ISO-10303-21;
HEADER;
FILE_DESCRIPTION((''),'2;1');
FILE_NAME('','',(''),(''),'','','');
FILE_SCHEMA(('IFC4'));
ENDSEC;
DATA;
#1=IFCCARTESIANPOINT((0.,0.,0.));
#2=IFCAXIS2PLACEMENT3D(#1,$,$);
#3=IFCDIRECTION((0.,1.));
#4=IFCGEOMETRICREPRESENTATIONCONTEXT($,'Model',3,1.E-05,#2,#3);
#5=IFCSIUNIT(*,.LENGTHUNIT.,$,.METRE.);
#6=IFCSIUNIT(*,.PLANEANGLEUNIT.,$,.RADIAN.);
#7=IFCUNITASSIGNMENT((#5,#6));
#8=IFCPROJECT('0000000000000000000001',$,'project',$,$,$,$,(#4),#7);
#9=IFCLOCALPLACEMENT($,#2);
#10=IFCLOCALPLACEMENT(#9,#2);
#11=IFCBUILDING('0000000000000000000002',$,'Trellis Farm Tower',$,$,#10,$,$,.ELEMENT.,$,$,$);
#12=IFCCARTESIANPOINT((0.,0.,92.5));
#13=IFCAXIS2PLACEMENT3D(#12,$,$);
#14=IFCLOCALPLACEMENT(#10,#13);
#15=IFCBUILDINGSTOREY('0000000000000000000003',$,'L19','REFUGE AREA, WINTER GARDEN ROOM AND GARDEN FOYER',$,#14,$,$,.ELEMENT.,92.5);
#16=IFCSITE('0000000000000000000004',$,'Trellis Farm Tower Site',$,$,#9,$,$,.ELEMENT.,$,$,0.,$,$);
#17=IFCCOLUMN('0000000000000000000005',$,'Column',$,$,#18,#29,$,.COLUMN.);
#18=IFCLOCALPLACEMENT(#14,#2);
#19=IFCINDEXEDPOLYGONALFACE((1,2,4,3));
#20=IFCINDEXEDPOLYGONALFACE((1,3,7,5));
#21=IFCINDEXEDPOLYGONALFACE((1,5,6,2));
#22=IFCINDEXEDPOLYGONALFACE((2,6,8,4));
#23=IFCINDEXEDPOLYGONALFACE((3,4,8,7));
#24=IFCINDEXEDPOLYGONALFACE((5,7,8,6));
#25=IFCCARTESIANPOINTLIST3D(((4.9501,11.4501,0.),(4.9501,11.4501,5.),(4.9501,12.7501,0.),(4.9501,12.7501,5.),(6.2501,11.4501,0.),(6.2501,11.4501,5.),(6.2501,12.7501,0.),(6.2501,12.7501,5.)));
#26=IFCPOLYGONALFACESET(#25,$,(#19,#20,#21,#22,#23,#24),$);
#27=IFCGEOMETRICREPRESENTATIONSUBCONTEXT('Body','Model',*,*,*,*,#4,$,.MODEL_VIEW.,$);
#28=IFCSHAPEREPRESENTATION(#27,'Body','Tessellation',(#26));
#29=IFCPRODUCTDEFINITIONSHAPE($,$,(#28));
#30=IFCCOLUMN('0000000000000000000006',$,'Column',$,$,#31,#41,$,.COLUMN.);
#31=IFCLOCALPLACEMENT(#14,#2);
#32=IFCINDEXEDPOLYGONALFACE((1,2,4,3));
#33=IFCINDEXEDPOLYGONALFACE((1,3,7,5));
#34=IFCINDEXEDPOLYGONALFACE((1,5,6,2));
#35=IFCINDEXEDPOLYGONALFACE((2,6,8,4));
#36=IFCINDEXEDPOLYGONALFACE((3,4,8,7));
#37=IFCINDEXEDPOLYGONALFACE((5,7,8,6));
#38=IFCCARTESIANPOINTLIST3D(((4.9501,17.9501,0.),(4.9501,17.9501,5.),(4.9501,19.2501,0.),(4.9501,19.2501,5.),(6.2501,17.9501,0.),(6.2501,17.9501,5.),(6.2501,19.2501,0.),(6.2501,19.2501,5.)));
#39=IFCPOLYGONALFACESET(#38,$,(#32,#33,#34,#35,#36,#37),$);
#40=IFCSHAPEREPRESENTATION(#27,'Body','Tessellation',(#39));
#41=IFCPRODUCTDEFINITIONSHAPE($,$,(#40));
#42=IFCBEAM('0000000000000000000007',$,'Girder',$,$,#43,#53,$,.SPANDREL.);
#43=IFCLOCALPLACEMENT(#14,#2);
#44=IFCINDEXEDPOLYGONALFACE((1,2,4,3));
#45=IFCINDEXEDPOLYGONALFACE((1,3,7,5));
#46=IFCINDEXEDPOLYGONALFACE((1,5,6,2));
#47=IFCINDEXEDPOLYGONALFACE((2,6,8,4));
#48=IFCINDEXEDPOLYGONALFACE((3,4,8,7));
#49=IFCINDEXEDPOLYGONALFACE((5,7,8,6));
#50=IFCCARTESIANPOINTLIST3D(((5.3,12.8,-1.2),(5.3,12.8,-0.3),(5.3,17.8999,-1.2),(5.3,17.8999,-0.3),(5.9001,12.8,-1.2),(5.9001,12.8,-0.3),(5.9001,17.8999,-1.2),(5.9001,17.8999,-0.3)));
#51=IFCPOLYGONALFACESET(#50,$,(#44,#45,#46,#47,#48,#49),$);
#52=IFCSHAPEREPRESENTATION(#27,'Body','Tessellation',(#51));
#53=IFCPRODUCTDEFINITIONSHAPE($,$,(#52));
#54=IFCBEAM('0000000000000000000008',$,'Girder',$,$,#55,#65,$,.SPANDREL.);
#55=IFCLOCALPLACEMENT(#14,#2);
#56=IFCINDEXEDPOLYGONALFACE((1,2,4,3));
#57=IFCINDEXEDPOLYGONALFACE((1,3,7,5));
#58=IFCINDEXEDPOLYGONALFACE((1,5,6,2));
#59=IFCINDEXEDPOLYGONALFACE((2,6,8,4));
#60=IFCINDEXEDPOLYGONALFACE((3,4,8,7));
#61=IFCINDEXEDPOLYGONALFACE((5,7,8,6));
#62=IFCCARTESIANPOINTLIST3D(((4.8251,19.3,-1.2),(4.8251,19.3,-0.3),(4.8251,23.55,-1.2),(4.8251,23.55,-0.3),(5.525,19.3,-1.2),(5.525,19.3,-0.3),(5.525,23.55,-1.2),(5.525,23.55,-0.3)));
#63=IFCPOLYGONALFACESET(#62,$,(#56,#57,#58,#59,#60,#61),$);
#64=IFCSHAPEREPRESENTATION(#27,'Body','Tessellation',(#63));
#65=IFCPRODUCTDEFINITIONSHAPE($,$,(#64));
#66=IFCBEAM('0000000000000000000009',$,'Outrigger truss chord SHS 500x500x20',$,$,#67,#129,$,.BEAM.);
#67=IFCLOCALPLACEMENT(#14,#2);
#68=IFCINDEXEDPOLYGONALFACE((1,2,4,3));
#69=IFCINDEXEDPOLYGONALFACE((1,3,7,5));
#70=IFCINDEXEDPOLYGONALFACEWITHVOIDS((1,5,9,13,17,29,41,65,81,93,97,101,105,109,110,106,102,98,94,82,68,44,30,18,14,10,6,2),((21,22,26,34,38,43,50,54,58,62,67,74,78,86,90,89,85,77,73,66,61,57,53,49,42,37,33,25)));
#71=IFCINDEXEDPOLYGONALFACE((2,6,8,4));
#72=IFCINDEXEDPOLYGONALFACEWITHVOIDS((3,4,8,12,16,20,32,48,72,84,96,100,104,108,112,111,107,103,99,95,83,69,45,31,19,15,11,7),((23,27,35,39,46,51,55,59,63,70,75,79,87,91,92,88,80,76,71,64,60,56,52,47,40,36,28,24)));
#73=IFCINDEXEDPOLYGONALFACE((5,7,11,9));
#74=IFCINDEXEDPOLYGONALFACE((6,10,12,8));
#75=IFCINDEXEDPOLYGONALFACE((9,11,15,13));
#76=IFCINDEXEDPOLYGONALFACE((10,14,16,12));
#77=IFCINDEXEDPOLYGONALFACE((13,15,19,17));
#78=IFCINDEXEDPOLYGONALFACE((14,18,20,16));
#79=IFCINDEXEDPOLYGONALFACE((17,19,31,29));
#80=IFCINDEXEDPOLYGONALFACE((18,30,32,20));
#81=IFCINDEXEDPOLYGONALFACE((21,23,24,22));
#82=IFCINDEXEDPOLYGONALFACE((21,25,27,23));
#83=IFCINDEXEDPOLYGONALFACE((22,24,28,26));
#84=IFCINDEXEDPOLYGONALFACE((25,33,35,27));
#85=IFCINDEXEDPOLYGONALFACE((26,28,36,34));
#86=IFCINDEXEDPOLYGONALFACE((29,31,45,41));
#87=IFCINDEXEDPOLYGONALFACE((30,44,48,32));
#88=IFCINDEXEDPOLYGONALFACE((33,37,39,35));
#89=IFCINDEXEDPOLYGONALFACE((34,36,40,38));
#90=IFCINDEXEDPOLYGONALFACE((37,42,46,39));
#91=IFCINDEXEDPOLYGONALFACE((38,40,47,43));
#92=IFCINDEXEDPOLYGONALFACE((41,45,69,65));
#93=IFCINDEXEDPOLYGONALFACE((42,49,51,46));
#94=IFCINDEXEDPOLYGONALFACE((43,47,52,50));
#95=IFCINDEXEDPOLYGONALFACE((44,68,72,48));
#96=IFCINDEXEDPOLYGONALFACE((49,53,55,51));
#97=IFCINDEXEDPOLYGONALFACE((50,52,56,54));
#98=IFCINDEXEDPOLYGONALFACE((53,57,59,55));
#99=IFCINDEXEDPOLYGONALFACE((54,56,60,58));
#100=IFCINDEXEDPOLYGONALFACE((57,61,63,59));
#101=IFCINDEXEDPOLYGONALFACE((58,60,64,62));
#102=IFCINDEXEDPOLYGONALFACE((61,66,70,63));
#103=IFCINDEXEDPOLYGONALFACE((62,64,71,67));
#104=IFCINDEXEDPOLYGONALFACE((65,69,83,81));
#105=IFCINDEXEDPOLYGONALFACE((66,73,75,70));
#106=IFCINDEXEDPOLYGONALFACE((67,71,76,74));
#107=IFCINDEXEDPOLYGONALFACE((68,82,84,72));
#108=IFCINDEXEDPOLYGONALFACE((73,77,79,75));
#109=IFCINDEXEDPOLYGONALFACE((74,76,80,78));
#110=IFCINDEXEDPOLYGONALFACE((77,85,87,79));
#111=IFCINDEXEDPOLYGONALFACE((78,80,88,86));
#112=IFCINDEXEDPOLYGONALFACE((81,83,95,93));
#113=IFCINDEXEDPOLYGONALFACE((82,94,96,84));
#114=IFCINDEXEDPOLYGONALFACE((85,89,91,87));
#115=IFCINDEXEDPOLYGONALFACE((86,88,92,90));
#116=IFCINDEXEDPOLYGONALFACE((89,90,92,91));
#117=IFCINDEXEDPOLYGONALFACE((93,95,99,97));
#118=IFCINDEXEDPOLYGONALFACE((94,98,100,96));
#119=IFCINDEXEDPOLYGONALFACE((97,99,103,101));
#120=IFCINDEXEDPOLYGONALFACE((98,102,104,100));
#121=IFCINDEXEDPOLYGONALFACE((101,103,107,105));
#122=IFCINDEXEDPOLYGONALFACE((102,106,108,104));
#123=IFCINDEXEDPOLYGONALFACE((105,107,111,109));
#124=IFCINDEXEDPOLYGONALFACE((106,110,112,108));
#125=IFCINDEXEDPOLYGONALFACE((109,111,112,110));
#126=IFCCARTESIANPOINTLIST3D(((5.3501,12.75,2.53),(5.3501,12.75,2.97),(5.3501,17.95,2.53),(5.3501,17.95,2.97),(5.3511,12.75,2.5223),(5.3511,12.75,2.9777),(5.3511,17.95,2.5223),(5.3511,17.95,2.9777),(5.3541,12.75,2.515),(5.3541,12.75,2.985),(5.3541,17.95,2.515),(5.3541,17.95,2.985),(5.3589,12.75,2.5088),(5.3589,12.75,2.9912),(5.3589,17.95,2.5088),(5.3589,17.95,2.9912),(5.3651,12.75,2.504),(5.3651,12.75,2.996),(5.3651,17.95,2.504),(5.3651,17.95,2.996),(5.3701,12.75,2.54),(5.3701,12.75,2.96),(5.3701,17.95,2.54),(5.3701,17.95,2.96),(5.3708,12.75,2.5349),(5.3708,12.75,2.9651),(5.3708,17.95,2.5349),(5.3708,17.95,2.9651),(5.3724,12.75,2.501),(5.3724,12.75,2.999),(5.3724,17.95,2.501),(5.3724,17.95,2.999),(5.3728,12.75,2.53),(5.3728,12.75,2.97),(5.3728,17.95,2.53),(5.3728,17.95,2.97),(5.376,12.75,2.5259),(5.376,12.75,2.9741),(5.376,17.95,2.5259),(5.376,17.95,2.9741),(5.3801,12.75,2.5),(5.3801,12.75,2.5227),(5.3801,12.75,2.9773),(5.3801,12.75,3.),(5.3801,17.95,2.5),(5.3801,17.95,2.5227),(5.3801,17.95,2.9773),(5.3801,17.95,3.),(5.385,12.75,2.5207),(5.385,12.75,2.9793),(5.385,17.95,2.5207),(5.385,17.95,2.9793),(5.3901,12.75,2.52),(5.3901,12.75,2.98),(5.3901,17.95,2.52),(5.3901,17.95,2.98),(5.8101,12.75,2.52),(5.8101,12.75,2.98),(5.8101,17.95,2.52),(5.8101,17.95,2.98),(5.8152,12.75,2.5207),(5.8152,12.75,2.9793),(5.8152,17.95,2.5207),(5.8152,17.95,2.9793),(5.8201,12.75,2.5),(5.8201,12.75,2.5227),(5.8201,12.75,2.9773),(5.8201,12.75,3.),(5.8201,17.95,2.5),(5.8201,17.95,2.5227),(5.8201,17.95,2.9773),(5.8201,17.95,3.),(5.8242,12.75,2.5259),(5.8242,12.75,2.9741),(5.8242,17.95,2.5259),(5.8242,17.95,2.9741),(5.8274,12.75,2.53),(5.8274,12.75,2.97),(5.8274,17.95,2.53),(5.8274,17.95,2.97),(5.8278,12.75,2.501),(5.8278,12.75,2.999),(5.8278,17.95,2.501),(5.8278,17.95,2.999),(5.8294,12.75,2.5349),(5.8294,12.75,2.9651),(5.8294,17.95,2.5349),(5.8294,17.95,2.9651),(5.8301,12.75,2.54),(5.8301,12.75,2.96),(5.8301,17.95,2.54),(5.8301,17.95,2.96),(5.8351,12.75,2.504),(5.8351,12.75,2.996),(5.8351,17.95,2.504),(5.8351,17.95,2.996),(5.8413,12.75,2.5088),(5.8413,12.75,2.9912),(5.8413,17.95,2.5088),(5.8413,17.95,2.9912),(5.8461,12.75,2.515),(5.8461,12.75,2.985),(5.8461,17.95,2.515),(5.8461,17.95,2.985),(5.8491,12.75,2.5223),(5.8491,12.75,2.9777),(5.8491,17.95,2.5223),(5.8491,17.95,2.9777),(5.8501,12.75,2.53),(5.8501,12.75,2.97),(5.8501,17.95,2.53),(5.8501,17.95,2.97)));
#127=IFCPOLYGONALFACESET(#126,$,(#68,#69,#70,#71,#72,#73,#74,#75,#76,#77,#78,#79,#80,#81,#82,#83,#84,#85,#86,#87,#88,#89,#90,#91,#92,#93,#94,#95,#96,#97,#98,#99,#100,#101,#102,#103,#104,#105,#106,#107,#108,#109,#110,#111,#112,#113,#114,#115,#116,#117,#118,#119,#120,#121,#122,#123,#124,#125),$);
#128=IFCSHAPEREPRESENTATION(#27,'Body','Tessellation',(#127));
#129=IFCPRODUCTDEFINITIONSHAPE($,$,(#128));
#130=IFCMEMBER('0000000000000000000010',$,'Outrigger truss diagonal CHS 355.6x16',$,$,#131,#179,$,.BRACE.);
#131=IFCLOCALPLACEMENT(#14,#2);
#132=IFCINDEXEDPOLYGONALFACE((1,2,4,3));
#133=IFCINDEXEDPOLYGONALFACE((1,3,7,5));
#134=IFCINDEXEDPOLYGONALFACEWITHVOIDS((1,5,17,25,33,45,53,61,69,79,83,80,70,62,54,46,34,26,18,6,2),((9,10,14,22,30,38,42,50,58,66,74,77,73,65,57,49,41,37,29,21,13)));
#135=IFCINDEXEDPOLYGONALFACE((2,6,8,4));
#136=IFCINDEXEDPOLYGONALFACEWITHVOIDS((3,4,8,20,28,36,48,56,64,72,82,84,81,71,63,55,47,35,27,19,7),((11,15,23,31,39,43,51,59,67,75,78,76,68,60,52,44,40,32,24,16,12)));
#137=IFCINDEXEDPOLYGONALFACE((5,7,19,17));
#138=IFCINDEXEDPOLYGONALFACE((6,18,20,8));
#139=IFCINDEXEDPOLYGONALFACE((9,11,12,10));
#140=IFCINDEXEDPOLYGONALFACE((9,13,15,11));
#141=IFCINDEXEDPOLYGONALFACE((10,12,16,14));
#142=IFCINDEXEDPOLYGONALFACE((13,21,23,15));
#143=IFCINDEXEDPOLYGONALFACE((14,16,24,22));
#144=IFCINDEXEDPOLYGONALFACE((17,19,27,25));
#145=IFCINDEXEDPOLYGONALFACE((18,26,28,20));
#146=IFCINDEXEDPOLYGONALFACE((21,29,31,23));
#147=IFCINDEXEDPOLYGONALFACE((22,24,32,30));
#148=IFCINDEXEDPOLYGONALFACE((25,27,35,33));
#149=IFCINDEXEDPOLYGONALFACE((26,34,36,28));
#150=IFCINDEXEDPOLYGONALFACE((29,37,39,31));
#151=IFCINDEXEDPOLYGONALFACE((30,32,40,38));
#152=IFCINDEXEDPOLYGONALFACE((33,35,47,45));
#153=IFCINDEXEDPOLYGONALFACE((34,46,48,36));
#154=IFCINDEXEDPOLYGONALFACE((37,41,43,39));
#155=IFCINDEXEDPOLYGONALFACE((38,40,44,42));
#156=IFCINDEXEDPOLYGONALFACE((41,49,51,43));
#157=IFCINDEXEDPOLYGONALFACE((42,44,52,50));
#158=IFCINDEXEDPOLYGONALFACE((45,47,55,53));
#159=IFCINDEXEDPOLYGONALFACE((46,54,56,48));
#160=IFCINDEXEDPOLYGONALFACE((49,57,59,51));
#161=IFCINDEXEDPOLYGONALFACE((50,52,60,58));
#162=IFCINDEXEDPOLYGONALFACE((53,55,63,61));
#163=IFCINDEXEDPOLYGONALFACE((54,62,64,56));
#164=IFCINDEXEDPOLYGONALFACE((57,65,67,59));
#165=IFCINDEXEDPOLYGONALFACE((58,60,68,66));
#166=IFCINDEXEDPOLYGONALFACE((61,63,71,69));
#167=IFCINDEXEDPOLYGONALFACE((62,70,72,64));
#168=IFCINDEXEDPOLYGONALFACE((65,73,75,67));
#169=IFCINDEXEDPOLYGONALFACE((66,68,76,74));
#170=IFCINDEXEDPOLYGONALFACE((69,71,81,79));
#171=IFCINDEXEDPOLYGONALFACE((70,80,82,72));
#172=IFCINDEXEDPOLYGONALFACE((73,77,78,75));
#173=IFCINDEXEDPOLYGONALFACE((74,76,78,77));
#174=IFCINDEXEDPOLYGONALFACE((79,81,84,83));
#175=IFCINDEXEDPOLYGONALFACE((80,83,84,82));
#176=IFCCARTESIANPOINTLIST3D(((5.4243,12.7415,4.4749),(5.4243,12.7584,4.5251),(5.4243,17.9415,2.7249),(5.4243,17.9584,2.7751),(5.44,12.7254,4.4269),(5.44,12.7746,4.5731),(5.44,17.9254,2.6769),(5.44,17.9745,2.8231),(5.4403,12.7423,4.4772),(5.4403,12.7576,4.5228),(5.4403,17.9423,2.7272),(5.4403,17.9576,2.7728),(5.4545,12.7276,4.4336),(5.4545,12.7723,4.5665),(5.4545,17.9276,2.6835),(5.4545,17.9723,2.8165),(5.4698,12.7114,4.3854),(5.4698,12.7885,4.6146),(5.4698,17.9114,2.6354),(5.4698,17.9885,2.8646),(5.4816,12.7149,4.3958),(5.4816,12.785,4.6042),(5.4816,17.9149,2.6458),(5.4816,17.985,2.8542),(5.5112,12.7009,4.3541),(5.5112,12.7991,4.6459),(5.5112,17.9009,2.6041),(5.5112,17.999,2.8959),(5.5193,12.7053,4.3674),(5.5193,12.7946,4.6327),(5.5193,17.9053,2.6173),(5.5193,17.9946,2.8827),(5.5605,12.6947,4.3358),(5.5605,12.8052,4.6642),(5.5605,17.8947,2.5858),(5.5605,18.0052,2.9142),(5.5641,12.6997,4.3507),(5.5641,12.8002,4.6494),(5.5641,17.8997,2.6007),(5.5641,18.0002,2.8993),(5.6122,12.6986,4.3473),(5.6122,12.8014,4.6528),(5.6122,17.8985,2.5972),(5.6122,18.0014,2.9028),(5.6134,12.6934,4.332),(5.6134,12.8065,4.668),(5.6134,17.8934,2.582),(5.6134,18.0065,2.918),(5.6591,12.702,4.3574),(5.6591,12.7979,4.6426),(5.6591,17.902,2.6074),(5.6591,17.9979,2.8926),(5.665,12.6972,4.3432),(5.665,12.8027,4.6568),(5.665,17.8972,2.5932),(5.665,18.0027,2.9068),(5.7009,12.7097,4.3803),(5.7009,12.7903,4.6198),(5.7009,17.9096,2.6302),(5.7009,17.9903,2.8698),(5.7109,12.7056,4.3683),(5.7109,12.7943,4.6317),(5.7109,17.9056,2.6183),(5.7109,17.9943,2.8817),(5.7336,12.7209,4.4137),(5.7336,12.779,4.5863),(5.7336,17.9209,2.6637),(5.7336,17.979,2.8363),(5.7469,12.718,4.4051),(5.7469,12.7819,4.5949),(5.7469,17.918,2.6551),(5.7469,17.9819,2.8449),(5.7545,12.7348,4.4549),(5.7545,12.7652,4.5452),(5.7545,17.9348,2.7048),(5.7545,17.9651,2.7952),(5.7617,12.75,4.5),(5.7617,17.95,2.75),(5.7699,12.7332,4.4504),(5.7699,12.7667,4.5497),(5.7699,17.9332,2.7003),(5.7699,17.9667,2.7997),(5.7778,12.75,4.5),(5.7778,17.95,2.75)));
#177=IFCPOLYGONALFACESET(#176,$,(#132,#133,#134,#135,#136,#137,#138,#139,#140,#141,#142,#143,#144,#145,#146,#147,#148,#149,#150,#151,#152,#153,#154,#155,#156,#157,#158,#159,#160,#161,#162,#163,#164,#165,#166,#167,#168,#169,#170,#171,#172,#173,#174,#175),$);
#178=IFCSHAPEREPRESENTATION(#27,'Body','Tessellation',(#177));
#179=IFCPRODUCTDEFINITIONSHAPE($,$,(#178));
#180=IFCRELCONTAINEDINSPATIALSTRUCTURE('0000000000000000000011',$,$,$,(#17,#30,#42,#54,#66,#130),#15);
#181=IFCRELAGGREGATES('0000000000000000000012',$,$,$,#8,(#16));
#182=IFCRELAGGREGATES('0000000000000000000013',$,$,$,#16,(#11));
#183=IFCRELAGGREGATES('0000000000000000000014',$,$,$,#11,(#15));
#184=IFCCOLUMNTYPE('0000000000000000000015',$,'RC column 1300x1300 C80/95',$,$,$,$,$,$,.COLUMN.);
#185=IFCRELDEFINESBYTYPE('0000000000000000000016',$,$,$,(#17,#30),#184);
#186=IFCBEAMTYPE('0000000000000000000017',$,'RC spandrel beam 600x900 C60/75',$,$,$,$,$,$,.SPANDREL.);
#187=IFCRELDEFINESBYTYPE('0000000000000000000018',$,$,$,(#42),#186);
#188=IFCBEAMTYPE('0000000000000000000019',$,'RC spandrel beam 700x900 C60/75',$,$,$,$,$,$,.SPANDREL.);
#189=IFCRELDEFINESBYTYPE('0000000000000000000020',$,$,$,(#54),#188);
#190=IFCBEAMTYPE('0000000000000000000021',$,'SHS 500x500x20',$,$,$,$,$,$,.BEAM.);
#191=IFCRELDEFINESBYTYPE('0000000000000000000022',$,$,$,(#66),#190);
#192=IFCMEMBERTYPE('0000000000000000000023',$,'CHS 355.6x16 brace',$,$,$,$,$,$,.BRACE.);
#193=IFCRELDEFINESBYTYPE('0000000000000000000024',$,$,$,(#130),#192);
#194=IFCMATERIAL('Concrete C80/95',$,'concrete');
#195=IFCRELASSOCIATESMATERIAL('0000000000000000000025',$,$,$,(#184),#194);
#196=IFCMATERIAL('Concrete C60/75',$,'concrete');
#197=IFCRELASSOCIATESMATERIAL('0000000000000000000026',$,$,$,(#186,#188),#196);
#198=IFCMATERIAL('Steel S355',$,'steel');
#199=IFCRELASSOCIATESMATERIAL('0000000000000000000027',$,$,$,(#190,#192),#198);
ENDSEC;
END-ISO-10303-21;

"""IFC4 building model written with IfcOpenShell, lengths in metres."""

from ifc_helpers import new_model, si_unit, direction, frame, origin, origin_2d, place, context, subcontext, project, spatial, rectangle, hollow_rectangle, hollow_circle, extrude, source, transform, mapped, material, material_profile, profile_set, type_object, element, save


model = new_model("IFC4")

# Units and contexts
model_context = context("Model", 3, precision=1e-05, world=origin(), true_north=direction((0.0, 1.0)))
body_context = subcontext(model_context, "Body", "Model", "MODEL_VIEW")
ifc_project = project(units=[si_unit("LENGTHUNIT", "METRE"), si_unit("PLANEANGLEUNIT", "RADIAN")], contexts=[model_context])

# Site, building, storey
site_placement = place(None, origin())
site = spatial("IfcSite", under=ifc_project, at=site_placement, Name="Trellis Farm Tower Site", CompositionType="ELEMENT", RefElevation=0.0)
building_placement = place(site_placement, origin())
building = spatial("IfcBuilding", under=site, at=building_placement, Name="Trellis Farm Tower", CompositionType="ELEMENT")
storey_placement = place(building_placement, frame((0.0, 0.0, 92.5)))
storey = spatial("IfcBuildingStorey", under=building, at=storey_placement, Name="L19", Description="REFUGE AREA, WINTER GARDEN ROOM AND GARDEN FOYER", CompositionType="ELEMENT", Elevation=92.5)

# Columns
ifc_material_1 = material(Name="Concrete C80/95", Category="concrete")
ifc_material_profile_1 = material_profile(ifc_material_1, rectangle(XDim=1.3, YDim=1.3, at=origin_2d()), Name="RC column 1300x1300 C80/95")
ifc_profile_set_1 = profile_set([ifc_material_profile_1], Name="Concrete C80/95")
column_type = type_object("IfcColumnType", Name="RC column 1300x1300 C80/95", PredefinedType="COLUMN", material=ifc_profile_set_1)
shared_shape_1 = source(origin(), body_context, "Body", "SweptSolid", [
    extrude(rectangle(XDim=1.3, YDim=1.3, at=origin_2d()), origin(), (0.0, 0.0, 1.0), 5.0),
])
for number, where, z_axis, x_axis, name in (
    (1, (5.6001, 12.1001, 0.0), (0.0, 0.0, 1.0), (1.0, 0.0, 0.0), "Column"),
    (2, (5.6001, 18.6001, 0.0), (0.0, 0.0, 1.0), (1.0, 0.0, 0.0), "Column"),
):
    element("IfcColumn", number, at=place(storey_placement, frame(where, z_axis=z_axis, x_axis=x_axis)), inside=storey, type_object=column_type, Name=name, PredefinedType="COLUMN", context=body_context, shape_type="MappedRepresentation", body=[
        mapped(shared_shape_1, transform((0.0, 0.0, 0.0))),
    ])

# Beams
ifc_material_2 = material(Name="Concrete C60/75", Category="concrete")
ifc_material_profile_2 = material_profile(ifc_material_2, rectangle(XDim=0.6001, YDim=0.8999, at=origin_2d()), Name="RC spandrel beam 600x900 C60/75")
ifc_profile_set_2 = profile_set([ifc_material_profile_2], Name="Concrete C60/75")
beam_type_1 = type_object("IfcBeamType", Name="RC spandrel beam 600x900 C60/75", PredefinedType="SPANDREL", material=ifc_profile_set_2)
shared_shape_2 = source(origin(), body_context, "Body", "SweptSolid", [
    extrude(rectangle(XDim=0.6001, YDim=0.8999, at=origin_2d()), origin(), (0.0, 0.0, 1.0), 5.0999),
])
beam_1_placement = place(storey_placement, frame((5.6001, 12.8, -0.75), z_axis=(0.0, 1.0, 0.0), x_axis=(-1.0, 0.0, 0.0)))
element("IfcBeam", 3, at=beam_1_placement, inside=storey, type_object=beam_type_1, Name="Girder", PredefinedType="SPANDREL", context=body_context, shape_type="MappedRepresentation", body=[
    mapped(shared_shape_2, transform((0.0, 0.0, 0.0))),
])
ifc_material_profile_3 = material_profile(ifc_material_2, rectangle(XDim=0.7, YDim=0.8999, at=origin_2d()), Name="RC spandrel beam 700x900 C60/75")
ifc_profile_set_3 = profile_set([ifc_material_profile_3], Name="Concrete C60/75")
beam_type_2 = type_object("IfcBeamType", Name="RC spandrel beam 700x900 C60/75", PredefinedType="SPANDREL", material=ifc_profile_set_3)
shared_shape_3 = source(origin(), body_context, "Body", "SweptSolid", [
    extrude(rectangle(XDim=0.7, YDim=0.8999, at=origin_2d()), origin(), (0.0, 0.0, 1.0), 4.25),
])
beam_2_placement = place(storey_placement, frame((5.175, 19.3, -0.75), z_axis=(0.0, 1.0, 0.0), x_axis=(-1.0, 0.0, 0.0)))
element("IfcBeam", 4, at=beam_2_placement, inside=storey, type_object=beam_type_2, Name="Girder", PredefinedType="SPANDREL", context=body_context, shape_type="MappedRepresentation", body=[
    mapped(shared_shape_3, transform((0.0, 0.0, 0.0))),
])
ifc_material_3 = material(Name="Steel S355", Category="steel")
ifc_material_profile_4 = material_profile(ifc_material_3, hollow_rectangle(XDim=0.5, YDim=0.5, WallThickness=0.02, InnerFilletRadius=0.02, OuterFilletRadius=0.03, at=origin_2d()), Name="SHS 500x500x20")
ifc_profile_set_4 = profile_set([ifc_material_profile_4], Name="Steel S355")
beam_type_3 = type_object("IfcBeamType", Name="SHS 500x500x20", PredefinedType="BEAM", material=ifc_profile_set_4)
shared_shape_4 = source(origin(), body_context, "Body", "SweptSolid", [
    extrude(hollow_rectangle(XDim=0.5, YDim=0.5, WallThickness=0.02, InnerFilletRadius=0.02, OuterFilletRadius=0.03, at=origin_2d()), origin(), (0.0, 0.0, 1.0), 5.2),
])
beam_3_placement = place(storey_placement, frame((5.6001, 12.75, 2.75), z_axis=(0.0, 1.0, 0.0), x_axis=(-1.0, 0.0, 0.0)))
element("IfcBeam", 5, at=beam_3_placement, inside=storey, type_object=beam_type_3, Name="Outrigger truss chord SHS 500x500x20", PredefinedType="BEAM", context=body_context, shape_type="MappedRepresentation", body=[
    mapped(shared_shape_4, transform((0.0, 0.0, 0.0))),
])

# Member
ifc_material_profile_5 = material_profile(ifc_material_3, hollow_circle(Radius=0.1777, WallThickness=0.0161, at=origin_2d()), Name="CHS 355.6x16")
ifc_profile_set_5 = profile_set([ifc_material_profile_5], Name="Steel S355")
member_type_1 = type_object("IfcMemberType", Name="CHS 355.6x16 brace", PredefinedType="BRACE", material=ifc_profile_set_5)
shared_shape_5 = source(origin(), body_context, "Body", "SweptSolid", [
    extrude(hollow_circle(Radius=0.1777, WallThickness=0.0161, at=origin_2d()), origin(), (0.0, 0.0, 1.0), 5.4866),
])
member_1_placement = place(storey_placement, frame((5.6001, 17.95, 2.75), z_axis=(0.0, -0.947767, 0.318963), x_axis=(1.0, 0.0, 0.0)))
element("IfcMember", 6, at=member_1_placement, inside=storey, type_object=member_type_1, Name="Outrigger truss diagonal CHS 355.6x16", PredefinedType="BRACE", context=body_context, shape_type="MappedRepresentation", body=[
    mapped(shared_shape_5, transform((0.0, 0.0, 0.0))),
])

save(model, "model.ifc")
